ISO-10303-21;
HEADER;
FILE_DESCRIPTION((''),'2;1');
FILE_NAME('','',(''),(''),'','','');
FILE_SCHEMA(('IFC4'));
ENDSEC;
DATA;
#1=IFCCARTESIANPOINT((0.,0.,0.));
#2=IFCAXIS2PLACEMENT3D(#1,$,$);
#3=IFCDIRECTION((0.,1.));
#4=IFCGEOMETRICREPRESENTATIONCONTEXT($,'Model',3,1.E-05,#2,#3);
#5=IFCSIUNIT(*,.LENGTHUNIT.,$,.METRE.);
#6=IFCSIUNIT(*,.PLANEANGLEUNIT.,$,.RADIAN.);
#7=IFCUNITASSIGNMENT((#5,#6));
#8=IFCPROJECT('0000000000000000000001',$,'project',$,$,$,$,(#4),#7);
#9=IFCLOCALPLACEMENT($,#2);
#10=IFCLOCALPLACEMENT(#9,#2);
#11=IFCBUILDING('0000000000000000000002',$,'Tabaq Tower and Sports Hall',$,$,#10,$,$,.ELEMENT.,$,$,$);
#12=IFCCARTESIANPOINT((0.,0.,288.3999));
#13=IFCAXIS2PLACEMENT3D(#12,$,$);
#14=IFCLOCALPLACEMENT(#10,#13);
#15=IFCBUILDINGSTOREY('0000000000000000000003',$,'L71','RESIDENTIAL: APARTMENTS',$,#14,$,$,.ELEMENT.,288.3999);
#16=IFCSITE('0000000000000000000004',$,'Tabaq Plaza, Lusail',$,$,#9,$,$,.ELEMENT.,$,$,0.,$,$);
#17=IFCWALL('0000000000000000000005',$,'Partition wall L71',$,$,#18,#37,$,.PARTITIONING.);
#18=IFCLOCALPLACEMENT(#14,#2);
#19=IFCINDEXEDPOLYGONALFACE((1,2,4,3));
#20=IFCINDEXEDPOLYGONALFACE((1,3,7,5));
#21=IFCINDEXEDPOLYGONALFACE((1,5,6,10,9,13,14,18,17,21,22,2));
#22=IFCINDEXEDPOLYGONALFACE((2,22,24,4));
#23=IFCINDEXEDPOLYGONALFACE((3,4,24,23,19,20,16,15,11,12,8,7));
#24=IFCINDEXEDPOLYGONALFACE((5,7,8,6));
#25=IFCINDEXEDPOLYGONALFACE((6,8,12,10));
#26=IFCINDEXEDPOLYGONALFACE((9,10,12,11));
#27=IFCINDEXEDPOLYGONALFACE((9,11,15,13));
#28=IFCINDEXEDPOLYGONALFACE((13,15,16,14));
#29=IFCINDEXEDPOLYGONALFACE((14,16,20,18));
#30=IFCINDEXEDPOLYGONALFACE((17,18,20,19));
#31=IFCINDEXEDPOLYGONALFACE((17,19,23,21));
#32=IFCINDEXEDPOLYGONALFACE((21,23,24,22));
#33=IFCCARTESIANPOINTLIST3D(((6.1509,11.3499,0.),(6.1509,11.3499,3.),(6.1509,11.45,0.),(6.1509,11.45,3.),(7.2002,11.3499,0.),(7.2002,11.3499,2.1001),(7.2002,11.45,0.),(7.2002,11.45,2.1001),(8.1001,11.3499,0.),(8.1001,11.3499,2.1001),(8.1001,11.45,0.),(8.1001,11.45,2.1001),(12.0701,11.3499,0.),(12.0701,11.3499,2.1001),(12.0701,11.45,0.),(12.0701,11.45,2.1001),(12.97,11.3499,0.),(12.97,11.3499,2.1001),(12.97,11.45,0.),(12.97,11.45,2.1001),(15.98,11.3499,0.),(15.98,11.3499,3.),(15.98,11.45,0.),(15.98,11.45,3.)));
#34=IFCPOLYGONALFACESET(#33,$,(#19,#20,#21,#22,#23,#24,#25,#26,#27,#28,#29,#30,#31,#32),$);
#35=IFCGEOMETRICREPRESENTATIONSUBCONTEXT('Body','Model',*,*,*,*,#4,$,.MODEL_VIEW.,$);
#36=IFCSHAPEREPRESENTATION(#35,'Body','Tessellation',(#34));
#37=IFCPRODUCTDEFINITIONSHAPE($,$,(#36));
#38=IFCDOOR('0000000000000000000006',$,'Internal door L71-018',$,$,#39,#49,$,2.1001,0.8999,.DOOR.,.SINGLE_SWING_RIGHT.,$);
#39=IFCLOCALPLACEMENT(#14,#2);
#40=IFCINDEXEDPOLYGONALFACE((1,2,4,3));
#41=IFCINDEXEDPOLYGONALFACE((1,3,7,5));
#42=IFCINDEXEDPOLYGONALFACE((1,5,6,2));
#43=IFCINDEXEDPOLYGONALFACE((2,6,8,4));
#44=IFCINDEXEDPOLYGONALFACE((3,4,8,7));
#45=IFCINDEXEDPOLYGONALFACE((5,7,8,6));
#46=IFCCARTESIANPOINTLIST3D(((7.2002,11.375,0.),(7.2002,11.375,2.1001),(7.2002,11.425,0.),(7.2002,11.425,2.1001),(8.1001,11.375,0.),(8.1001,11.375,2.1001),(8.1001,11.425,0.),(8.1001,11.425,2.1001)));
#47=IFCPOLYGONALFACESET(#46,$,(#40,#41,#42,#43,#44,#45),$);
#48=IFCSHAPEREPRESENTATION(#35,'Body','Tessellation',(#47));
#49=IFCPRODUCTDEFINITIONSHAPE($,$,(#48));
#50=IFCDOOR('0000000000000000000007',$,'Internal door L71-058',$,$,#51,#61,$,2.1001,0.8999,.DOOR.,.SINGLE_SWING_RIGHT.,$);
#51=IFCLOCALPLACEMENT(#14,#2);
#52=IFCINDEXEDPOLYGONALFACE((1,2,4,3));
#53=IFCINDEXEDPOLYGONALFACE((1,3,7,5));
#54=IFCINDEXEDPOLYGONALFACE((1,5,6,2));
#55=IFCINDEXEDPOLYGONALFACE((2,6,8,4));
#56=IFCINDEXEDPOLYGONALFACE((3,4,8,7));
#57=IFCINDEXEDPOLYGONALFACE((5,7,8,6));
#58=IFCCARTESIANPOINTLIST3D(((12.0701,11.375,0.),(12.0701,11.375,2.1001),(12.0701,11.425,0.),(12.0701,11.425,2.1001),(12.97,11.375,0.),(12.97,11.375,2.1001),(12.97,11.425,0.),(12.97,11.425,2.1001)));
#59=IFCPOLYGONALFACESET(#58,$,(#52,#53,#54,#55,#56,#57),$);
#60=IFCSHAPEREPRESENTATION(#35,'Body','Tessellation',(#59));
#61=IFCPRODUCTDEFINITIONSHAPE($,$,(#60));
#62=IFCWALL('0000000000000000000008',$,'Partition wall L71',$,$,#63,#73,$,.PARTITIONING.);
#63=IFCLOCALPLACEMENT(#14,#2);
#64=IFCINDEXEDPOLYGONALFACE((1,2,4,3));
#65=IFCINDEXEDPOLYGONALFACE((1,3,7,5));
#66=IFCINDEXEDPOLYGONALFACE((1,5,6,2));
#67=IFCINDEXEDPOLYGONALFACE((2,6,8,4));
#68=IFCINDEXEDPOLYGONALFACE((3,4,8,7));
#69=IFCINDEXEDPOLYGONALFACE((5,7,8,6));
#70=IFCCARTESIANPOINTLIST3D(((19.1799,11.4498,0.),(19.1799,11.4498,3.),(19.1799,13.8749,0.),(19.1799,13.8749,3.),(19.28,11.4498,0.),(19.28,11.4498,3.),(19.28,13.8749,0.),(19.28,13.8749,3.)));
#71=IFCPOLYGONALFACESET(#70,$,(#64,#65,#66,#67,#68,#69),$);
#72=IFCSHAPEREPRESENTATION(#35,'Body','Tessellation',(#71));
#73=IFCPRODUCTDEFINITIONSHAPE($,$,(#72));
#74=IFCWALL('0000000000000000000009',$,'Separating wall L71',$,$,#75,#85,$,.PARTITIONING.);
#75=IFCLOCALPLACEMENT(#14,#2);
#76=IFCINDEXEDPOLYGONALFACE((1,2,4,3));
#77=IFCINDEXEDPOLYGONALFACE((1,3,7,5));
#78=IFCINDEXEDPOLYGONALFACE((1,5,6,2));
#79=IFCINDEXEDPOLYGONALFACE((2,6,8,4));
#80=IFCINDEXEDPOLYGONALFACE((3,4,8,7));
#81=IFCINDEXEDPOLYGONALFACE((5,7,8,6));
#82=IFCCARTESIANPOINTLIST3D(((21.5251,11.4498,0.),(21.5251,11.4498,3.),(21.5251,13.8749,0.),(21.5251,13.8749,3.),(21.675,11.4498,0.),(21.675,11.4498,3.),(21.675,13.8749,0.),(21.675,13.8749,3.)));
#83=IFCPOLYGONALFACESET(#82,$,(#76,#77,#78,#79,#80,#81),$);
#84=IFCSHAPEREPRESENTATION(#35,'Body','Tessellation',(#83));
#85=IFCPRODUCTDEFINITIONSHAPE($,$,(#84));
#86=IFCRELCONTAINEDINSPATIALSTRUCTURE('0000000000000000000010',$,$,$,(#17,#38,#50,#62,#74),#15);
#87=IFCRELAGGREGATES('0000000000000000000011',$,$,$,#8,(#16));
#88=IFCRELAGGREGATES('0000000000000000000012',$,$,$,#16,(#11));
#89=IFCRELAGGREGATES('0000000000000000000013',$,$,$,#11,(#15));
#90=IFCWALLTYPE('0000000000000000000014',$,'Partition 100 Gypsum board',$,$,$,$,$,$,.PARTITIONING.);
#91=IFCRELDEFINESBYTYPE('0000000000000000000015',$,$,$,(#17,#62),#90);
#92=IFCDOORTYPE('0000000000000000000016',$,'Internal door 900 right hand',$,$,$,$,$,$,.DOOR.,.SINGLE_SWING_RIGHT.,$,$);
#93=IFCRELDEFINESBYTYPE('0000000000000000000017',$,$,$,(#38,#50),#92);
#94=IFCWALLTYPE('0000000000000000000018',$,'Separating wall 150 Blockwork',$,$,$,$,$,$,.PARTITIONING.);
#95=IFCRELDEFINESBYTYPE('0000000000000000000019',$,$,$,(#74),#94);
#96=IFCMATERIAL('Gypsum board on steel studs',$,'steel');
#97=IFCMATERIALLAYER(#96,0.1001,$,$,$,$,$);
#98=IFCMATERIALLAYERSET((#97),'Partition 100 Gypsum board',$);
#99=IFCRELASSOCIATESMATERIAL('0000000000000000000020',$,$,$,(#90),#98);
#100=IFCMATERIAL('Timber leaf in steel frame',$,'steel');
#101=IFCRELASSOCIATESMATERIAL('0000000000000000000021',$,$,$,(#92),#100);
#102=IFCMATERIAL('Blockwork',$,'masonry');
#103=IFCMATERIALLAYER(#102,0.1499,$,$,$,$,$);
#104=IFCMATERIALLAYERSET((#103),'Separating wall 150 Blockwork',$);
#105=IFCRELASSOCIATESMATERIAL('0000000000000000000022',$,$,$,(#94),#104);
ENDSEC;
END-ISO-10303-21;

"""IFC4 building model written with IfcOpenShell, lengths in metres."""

from ifc_helpers import new_model, si_unit, direction, frame, frame_2d, origin, place, context, subcontext, project, spatial, rectangle, extrude, material, layer, layer_set, type_object, element, fill, save


model = new_model("IFC4")

# Units and contexts
model_context = context("Model", 3, precision=1e-05, world=origin(), true_north=direction((0.0, 1.0)))
body_context = subcontext(model_context, "Body", "Model", "MODEL_VIEW")
ifc_project = project(units=[si_unit("LENGTHUNIT", "METRE"), si_unit("PLANEANGLEUNIT", "RADIAN")], contexts=[model_context])

# Site, building, storey
site_placement = place(None, origin())
site = spatial("IfcSite", under=ifc_project, at=site_placement, Name="Tabaq Plaza, Lusail", CompositionType="ELEMENT", RefElevation=0.0)
building_placement = place(site_placement, origin())
building = spatial("IfcBuilding", under=site, at=building_placement, Name="Tabaq Tower and Sports Hall", CompositionType="ELEMENT")
storey_placement = place(building_placement, frame((0.0, 0.0, 288.3999)))
storey = spatial("IfcBuildingStorey", under=building, at=storey_placement, Name="L71", Description="RESIDENTIAL: APARTMENTS", CompositionType="ELEMENT", Elevation=288.3999)

# Wall, openings, doors
ifc_material_1 = material(Name="Gypsum board on steel studs", Category="steel")
ifc_layer_1 = layer(ifc_material_1, 0.1001)
ifc_layer_set_1 = layer_set([ifc_layer_1], Name="Partition 100 Gypsum board")
wall_type_1 = type_object("IfcWallType", Name="Partition 100 Gypsum board", PredefinedType="PARTITIONING", material=ifc_layer_set_1)
wall_1_placement = place(storey_placement, frame((15.98, 11.3999, 0.0), z_axis=(0.0, 0.0, 1.0), x_axis=(-1.0, 0.0, 0.0)))
wall_1 = element("IfcWall", 1, at=wall_1_placement, inside=storey, type_object=wall_type_1, Name="Partition wall L71", PredefinedType="PARTITIONING", context=body_context, shape_type="SweptSolid", body=[
    extrude(rectangle(XDim=9.8291, YDim=0.1001, at=frame_2d((4.9146, 0.0))), origin(), (0.0, 0.0, 1.0), 3.0),
])
opening_1_placement = place(wall_1_placement, frame((7.8799, 0.0, 0.0)))
opening_1 = element("IfcOpeningElement", 2, at=opening_1_placement, cuts=wall_1, PredefinedType="OPENING", context=body_context, shape_type="SweptSolid", body=[
    extrude(rectangle(XDim=0.8999, YDim=2.1001, at=frame_2d((0.45, 1.05))), frame((0.0, 0.05, 0.0), z_axis=(0.0, -1.0, 0.0), x_axis=(1.0, 0.0, 0.0)), (0.0, 0.0, 1.0), 0.1001),
])
opening_2_placement = place(wall_1_placement, frame((3.01, 0.0, 0.0)))
opening_2 = element("IfcOpeningElement", 3, at=opening_2_placement, cuts=wall_1, PredefinedType="OPENING", context=body_context, shape_type="SweptSolid", body=[
    extrude(rectangle(XDim=0.8999, YDim=2.1001, at=frame_2d((0.45, 1.05))), frame((0.0, 0.05, 0.0), z_axis=(0.0, -1.0, 0.0), x_axis=(1.0, 0.0, 0.0)), (0.0, 0.0, 1.0), 0.1001),
])
ifc_material_2 = material(Name="Timber leaf in steel frame", Category="steel")
door_type = type_object("IfcDoorType", Name="Internal door 900 right hand", OperationType="SINGLE_SWING_RIGHT", PredefinedType="DOOR", material=ifc_material_2)
door_1_placement = place(opening_1_placement, origin())
door_1 = element("IfcDoor", 4, at=door_1_placement, inside=storey, type_object=door_type, Name="Internal door L71-018", OperationType="SINGLE_SWING_RIGHT", OverallHeight=2.1001, OverallWidth=0.8999, PredefinedType="DOOR", context=body_context, shape_type="SweptSolid", body=[
    extrude(rectangle(XDim=0.8999, YDim=2.1001, at=frame_2d((0.45, 1.05))), frame((0.0, 0.0249, 0.0), z_axis=(0.0, -1.0, 0.0), x_axis=(1.0, 0.0, 0.0)), (0.0, 0.0, 1.0), 0.05),
])
fill(opening_1, door_1)
door_2_placement = place(opening_2_placement, origin())
door_2 = element("IfcDoor", 5, at=door_2_placement, inside=storey, type_object=door_type, Name="Internal door L71-058", OperationType="SINGLE_SWING_RIGHT", OverallHeight=2.1001, OverallWidth=0.8999, PredefinedType="DOOR", context=body_context, shape_type="SweptSolid", body=[
    extrude(rectangle(XDim=0.8999, YDim=2.1001, at=frame_2d((0.45, 1.05))), frame((0.0, 0.0249, 0.0), z_axis=(0.0, -1.0, 0.0), x_axis=(1.0, 0.0, 0.0)), (0.0, 0.0, 1.0), 0.05),
])
fill(opening_2, door_2)

# Walls
wall_2_placement = place(storey_placement, frame((19.23, 11.45, 0.0), z_axis=(0.0, 0.0, 1.0), x_axis=(0.0, 1.0, 0.0)))
element("IfcWall", 6, at=wall_2_placement, inside=storey, type_object=wall_type_1, Name="Partition wall L71", PredefinedType="PARTITIONING", context=body_context, shape_type="SweptSolid", body=[
    extrude(rectangle(XDim=2.425, YDim=0.1001, at=frame_2d((1.2124, 0.0))), origin(), (0.0, 0.0, 1.0), 3.0),
])
ifc_material_3 = material(Name="Blockwork", Category="masonry")
ifc_layer_2 = layer(ifc_material_3, 0.1499)
ifc_layer_set_2 = layer_set([ifc_layer_2], Name="Separating wall 150 Blockwork")
wall_type_2 = type_object("IfcWallType", Name="Separating wall 150 Blockwork", PredefinedType="PARTITIONING", material=ifc_layer_set_2)
wall_3_placement = place(storey_placement, frame((21.6001, 11.45, 0.0), z_axis=(0.0, 0.0, 1.0), x_axis=(0.0, 1.0, 0.0)))
element("IfcWall", 7, at=wall_3_placement, inside=storey, type_object=wall_type_2, Name="Separating wall L71", PredefinedType="PARTITIONING", context=body_context, shape_type="SweptSolid", body=[
    extrude(rectangle(XDim=2.425, YDim=0.1499, at=frame_2d((1.2124, 0.0))), origin(), (0.0, 0.0, 1.0), 3.0),
])

save(model, "model.ifc")
